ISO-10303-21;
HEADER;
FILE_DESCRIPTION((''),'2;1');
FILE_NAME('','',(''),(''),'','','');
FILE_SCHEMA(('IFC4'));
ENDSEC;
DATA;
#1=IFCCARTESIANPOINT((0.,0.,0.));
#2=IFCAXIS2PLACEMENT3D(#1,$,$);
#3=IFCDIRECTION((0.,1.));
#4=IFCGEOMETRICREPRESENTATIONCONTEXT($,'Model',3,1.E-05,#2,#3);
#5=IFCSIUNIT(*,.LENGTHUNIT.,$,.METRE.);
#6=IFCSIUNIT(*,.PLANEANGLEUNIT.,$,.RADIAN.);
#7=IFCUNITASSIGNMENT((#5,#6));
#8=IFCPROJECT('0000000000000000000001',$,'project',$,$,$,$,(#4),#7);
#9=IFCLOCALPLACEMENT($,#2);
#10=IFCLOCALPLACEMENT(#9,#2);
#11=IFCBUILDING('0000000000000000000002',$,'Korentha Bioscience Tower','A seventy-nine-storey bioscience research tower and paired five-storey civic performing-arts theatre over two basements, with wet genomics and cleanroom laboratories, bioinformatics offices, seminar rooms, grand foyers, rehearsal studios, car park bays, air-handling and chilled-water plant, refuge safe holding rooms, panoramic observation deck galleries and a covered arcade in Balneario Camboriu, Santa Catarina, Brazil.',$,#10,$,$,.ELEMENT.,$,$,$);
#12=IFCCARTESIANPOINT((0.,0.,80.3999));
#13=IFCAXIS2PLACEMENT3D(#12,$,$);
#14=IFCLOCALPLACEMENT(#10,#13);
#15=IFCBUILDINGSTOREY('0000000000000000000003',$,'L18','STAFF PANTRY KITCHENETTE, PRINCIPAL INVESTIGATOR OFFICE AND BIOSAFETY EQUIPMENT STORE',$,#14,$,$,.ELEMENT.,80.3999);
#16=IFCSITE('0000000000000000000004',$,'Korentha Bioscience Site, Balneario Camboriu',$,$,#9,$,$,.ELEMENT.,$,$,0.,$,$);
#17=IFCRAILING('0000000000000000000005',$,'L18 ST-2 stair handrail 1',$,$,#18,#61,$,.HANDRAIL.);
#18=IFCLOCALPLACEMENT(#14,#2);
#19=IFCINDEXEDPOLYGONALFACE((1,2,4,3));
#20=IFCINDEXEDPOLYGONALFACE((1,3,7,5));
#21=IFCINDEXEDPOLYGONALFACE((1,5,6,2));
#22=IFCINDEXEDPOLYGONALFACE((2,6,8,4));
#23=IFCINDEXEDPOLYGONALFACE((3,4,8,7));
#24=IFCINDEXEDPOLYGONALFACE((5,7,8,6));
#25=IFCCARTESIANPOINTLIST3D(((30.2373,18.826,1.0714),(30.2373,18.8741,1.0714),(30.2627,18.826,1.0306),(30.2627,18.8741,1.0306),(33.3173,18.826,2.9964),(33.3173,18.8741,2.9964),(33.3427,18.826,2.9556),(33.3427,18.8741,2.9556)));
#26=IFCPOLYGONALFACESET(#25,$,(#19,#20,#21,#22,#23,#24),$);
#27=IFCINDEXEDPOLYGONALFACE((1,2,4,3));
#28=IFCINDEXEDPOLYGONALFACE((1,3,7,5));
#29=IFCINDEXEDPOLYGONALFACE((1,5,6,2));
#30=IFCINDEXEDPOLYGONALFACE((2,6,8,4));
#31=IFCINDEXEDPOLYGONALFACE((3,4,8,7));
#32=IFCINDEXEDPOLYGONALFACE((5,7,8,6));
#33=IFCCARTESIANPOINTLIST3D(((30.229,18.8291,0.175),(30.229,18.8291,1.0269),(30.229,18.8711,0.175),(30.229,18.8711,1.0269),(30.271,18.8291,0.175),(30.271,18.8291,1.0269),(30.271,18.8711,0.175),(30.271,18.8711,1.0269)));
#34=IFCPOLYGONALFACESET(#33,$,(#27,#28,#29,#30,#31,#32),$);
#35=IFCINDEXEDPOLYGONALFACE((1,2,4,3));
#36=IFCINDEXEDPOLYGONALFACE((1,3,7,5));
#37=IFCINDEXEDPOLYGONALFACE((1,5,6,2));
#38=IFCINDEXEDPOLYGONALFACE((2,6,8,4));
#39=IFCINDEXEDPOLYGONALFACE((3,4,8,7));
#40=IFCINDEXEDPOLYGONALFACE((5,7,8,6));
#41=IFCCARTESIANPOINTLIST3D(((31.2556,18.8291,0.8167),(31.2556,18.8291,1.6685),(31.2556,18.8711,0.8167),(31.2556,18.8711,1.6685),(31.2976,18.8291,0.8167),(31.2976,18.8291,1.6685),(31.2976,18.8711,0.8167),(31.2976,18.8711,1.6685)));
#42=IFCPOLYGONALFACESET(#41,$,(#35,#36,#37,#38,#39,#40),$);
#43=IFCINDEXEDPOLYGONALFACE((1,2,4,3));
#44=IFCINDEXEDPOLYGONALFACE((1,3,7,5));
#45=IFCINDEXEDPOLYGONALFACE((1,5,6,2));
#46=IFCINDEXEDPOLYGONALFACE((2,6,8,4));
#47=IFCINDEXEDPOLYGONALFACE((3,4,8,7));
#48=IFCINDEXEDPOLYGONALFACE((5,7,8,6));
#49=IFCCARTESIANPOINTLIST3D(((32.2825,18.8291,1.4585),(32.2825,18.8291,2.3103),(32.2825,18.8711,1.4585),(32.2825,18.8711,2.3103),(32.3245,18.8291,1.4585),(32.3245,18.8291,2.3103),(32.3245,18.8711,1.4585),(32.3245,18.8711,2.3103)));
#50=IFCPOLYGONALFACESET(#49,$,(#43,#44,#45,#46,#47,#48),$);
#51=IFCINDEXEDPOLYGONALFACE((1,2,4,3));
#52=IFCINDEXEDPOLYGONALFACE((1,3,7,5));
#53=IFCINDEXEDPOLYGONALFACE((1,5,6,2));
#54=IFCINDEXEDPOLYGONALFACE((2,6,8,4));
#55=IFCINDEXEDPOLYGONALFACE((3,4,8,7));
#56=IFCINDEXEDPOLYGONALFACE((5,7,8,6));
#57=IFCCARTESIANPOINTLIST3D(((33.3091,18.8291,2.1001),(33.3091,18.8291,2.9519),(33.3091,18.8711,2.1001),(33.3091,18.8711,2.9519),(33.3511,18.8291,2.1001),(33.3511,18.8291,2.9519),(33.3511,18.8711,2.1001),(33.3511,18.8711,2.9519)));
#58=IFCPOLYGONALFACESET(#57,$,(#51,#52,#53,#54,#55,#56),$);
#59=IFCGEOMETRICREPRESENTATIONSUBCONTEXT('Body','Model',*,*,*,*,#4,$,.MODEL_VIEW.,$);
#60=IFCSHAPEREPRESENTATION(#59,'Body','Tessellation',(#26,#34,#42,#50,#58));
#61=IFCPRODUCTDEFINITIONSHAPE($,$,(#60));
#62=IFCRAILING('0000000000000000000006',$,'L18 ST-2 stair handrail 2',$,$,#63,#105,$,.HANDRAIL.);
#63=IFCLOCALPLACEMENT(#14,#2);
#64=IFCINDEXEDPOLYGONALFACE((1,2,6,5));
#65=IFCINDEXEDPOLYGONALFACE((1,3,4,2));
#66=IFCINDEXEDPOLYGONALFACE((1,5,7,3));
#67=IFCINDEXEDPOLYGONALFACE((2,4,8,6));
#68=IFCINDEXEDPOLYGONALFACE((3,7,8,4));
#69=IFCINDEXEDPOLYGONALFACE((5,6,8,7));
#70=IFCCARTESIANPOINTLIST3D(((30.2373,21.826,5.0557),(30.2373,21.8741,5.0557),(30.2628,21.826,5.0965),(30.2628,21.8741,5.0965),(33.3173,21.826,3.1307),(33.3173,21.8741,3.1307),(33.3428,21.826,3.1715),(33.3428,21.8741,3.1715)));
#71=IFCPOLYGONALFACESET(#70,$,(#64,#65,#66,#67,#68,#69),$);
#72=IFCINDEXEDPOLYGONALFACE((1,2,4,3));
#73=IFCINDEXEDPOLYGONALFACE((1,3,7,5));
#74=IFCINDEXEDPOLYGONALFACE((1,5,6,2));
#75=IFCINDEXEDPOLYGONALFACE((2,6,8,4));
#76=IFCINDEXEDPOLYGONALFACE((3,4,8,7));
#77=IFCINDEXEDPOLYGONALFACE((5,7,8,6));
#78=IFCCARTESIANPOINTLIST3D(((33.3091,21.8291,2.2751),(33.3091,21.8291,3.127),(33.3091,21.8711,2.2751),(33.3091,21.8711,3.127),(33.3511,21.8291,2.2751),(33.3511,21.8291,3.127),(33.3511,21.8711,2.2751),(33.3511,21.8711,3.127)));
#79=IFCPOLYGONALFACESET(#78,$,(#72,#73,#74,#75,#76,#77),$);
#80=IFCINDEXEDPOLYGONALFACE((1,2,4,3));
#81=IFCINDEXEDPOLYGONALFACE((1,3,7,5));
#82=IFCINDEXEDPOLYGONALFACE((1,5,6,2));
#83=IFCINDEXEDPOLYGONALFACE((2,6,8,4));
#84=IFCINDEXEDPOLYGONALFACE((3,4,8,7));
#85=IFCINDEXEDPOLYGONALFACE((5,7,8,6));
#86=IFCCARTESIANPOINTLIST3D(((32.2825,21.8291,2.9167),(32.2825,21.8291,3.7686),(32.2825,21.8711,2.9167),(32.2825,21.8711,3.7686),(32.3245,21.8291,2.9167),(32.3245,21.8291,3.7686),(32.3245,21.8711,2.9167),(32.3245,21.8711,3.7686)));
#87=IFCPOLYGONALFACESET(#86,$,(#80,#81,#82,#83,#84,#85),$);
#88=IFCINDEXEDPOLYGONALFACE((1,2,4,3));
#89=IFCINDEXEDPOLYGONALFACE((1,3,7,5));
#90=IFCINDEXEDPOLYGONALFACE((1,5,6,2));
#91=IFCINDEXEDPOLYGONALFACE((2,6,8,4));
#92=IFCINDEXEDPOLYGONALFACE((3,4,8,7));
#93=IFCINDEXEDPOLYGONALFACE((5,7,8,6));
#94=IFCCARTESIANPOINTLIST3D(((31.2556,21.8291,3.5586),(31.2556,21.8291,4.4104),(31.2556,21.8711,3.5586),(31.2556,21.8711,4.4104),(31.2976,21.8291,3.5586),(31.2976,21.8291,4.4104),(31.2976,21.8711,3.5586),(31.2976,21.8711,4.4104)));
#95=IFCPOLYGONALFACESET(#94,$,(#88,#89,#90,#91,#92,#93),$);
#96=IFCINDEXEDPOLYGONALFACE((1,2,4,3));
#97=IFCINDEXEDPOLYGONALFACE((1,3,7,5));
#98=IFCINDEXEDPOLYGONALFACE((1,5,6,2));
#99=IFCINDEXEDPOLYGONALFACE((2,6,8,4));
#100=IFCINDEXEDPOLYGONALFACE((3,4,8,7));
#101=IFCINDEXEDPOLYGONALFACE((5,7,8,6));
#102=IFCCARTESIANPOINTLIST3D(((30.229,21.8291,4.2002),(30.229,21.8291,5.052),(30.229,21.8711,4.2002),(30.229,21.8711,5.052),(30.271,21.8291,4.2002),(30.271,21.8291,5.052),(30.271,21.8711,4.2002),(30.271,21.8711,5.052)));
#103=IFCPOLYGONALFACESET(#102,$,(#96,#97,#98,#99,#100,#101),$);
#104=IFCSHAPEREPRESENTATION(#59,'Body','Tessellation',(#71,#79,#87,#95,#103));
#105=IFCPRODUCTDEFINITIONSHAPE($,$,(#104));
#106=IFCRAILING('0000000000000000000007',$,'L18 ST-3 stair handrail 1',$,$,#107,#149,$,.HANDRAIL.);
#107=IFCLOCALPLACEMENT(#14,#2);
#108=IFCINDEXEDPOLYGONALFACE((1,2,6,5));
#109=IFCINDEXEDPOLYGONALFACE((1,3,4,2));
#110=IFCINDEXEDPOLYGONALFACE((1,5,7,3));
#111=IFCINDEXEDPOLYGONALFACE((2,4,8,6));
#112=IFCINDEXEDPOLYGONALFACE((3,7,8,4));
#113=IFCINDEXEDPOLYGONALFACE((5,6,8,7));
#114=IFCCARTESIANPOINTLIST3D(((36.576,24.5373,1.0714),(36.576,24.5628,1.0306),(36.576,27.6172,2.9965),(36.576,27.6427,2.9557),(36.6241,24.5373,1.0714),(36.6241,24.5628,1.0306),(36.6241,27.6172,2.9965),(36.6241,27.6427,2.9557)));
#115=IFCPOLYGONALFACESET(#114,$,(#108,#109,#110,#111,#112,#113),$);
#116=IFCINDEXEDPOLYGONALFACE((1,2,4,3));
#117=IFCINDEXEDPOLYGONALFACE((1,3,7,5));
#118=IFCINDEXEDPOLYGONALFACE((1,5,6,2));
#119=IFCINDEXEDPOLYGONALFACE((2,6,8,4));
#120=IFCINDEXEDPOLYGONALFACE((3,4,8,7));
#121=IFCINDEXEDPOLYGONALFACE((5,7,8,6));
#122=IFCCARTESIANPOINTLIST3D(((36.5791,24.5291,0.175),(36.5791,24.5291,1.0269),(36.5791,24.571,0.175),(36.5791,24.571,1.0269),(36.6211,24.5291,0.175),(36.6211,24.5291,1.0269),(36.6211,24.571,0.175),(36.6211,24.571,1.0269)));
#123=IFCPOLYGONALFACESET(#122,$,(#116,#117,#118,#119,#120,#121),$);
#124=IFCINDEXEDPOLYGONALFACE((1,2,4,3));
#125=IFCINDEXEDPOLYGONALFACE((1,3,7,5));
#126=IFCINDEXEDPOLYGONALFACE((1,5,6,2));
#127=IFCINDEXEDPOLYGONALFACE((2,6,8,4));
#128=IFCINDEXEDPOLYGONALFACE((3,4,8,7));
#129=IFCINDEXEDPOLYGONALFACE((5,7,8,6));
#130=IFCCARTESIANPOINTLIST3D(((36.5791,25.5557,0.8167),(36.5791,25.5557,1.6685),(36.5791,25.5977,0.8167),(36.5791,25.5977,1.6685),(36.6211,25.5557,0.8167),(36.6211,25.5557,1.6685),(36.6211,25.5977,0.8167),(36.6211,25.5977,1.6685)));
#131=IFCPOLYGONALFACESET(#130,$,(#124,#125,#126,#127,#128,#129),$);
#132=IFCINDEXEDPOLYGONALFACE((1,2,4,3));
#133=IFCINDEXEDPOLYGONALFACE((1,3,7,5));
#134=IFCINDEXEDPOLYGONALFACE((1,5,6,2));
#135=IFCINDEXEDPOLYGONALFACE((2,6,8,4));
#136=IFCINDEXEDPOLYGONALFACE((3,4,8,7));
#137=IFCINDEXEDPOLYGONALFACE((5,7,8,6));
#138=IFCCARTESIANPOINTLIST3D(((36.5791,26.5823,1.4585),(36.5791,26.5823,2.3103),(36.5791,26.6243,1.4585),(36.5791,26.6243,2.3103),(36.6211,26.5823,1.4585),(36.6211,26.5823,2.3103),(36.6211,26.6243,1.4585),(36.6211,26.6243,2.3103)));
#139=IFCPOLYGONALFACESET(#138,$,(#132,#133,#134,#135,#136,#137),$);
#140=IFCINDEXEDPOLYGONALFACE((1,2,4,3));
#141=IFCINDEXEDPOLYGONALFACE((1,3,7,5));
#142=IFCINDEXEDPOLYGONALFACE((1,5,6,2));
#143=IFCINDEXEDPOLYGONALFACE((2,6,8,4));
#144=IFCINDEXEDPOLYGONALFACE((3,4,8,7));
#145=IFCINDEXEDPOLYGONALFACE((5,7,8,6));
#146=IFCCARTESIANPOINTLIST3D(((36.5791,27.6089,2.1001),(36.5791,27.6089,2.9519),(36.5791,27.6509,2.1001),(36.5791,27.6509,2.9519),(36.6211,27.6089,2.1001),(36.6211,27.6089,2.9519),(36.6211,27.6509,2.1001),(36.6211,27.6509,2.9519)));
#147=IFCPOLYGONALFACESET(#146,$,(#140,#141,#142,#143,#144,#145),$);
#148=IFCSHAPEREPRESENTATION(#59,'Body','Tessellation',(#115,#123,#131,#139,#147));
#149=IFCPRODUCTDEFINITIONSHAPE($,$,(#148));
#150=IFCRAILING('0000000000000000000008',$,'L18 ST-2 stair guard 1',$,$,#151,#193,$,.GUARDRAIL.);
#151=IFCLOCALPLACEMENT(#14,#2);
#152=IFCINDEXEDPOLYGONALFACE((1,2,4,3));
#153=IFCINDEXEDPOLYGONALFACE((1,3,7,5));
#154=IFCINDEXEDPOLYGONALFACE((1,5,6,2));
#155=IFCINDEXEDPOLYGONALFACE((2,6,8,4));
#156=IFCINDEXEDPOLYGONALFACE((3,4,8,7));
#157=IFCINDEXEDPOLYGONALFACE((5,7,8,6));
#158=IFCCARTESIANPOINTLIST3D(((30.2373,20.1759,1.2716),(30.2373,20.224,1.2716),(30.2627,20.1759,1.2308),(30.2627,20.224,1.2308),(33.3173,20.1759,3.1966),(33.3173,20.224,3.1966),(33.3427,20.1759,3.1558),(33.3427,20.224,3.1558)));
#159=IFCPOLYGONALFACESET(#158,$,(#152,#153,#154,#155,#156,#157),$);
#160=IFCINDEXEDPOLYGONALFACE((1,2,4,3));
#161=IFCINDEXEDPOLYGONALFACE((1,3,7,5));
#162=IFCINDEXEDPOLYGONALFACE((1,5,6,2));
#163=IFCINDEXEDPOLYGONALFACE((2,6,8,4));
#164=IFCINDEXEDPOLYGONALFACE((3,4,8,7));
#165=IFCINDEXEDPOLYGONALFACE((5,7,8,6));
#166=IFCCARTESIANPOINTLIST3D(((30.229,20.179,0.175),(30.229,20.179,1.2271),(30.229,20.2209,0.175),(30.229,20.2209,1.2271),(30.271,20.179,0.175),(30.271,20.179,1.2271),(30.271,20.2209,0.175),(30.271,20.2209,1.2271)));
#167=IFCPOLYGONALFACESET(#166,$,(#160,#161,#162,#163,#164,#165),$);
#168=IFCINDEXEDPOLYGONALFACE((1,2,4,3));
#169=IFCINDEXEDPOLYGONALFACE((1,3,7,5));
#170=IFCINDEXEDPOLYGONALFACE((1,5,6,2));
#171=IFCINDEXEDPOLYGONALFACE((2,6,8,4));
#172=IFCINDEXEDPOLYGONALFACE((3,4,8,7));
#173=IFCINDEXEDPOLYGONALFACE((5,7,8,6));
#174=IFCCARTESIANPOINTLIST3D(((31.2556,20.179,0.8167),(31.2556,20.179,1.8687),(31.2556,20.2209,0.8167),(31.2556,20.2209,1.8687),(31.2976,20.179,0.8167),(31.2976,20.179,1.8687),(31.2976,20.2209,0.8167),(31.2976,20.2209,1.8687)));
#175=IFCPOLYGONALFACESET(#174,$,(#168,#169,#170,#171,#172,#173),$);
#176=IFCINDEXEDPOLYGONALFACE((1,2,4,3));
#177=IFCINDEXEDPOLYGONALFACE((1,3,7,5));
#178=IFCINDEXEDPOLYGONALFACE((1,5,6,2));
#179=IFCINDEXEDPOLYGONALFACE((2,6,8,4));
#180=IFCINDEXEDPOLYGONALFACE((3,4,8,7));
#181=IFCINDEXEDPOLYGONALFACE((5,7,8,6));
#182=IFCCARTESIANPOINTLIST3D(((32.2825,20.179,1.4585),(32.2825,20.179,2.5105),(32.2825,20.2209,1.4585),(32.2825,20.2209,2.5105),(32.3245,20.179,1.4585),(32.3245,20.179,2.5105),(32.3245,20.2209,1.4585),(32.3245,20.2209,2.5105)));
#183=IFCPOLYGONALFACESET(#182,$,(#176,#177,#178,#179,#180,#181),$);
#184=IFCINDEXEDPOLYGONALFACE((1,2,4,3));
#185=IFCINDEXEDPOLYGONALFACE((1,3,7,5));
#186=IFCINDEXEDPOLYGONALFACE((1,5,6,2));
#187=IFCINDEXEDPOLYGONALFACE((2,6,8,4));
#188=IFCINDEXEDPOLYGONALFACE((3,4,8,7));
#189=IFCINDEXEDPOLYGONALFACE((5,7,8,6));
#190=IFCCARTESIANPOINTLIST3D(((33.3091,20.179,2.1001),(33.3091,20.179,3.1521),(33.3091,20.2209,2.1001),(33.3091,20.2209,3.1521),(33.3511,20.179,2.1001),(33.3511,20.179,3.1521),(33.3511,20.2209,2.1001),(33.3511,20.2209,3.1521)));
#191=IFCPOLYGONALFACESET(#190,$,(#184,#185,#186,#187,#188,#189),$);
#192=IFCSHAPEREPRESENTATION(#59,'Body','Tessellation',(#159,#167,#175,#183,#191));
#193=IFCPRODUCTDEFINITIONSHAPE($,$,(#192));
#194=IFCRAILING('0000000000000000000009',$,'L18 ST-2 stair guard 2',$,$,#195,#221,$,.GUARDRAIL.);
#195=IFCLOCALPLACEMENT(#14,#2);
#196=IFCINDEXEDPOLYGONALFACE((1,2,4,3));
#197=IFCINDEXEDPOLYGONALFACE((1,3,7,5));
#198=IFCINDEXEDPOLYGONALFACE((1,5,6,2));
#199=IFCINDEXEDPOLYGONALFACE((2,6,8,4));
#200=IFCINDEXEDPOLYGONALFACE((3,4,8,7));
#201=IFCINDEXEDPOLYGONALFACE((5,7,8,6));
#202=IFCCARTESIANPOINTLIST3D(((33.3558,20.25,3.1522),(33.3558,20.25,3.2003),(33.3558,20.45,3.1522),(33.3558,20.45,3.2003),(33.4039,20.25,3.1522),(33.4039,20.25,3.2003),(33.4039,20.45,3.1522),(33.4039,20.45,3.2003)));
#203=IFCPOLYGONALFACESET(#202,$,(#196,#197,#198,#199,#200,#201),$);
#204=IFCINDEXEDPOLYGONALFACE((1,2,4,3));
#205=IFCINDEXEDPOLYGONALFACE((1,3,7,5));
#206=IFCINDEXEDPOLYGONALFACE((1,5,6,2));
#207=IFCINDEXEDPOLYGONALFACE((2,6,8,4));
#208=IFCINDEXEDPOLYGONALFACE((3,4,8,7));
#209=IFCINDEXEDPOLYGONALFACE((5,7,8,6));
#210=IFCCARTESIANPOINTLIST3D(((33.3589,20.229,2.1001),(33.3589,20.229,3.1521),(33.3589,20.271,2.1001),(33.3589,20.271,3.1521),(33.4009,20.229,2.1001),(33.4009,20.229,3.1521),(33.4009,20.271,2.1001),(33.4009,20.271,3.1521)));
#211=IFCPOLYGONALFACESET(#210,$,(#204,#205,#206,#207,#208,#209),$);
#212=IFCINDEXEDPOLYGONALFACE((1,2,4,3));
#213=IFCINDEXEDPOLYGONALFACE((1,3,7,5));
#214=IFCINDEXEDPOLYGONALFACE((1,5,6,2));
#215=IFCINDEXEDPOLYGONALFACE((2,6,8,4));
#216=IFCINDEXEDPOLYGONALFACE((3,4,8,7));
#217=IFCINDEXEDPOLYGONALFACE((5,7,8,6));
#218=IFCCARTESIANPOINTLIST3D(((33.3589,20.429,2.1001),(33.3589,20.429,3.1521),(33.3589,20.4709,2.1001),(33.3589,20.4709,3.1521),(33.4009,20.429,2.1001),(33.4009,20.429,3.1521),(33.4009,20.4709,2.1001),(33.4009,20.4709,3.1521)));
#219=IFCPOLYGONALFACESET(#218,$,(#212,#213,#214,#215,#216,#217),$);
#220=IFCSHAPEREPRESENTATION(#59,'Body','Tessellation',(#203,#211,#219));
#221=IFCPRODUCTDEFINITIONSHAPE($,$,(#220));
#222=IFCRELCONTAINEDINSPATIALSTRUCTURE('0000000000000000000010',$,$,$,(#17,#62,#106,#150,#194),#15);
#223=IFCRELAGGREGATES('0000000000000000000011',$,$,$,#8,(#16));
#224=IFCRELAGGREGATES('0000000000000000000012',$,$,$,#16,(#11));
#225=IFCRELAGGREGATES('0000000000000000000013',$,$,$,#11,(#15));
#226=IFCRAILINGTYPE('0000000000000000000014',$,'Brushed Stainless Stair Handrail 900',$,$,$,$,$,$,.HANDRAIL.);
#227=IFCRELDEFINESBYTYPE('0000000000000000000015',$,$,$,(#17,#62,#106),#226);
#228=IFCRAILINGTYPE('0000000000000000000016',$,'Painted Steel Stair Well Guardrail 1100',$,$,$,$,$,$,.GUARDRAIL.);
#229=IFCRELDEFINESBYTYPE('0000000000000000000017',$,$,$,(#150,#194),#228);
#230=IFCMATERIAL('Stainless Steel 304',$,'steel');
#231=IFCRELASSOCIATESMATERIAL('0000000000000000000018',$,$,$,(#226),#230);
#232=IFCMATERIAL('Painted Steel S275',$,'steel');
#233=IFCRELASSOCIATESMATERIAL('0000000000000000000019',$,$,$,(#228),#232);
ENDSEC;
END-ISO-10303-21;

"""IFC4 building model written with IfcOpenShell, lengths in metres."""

from ifc_helpers import new_model, si_unit, direction, frame, origin, origin_2d, place, context, subcontext, project, spatial, rectangle, extrude, material, type_object, element, save


model = new_model("IFC4")

# Units and contexts
model_context = context("Model", 3, precision=1e-05, world=origin(), true_north=direction((0.0, 1.0)))
body_context = subcontext(model_context, "Body", "Model", "MODEL_VIEW")
ifc_project = project(units=[si_unit("LENGTHUNIT", "METRE"), si_unit("PLANEANGLEUNIT", "RADIAN")], contexts=[model_context])

# Site, building, storey
site_placement = place(None, origin())
site = spatial("IfcSite", under=ifc_project, at=site_placement, Name="Korentha Bioscience Site, Balneario Camboriu", CompositionType="ELEMENT", RefElevation=0.0)
building_placement = place(site_placement, origin())
building = spatial("IfcBuilding", under=site, at=building_placement, Name="Korentha Bioscience Tower", Description="A seventy-nine-storey bioscience research tower and paired five-storey civic performing-arts theatre over two basements, with wet genomics and cleanroom laboratories, bioinformatics offices, seminar rooms, grand foyers, rehearsal studios, car park bays, air-handling and chilled-water plant, refuge safe holding rooms, panoramic observation deck galleries and a covered arcade in Balneario Camboriu, Santa Catarina, Brazil.", CompositionType="ELEMENT")
storey_placement = place(building_placement, frame((0.0, 0.0, 80.3999)))
storey = spatial("IfcBuildingStorey", under=building, at=storey_placement, Name="L18", Description="STAFF PANTRY KITCHENETTE, PRINCIPAL INVESTIGATOR OFFICE AND BIOSAFETY EQUIPMENT STORE", CompositionType="ELEMENT", Elevation=80.3999)

# Railings
ifc_material_1 = material(Name="Stainless Steel 304", Category="steel")
railing_type_1 = type_object("IfcRailingType", Name="Brushed Stainless Stair Handrail 900", PredefinedType="HANDRAIL", material=ifc_material_1)
railing_1_placement = place(storey_placement, frame((30.25, 18.8501, 0.175)))
element("IfcRailing", 1, at=railing_1_placement, inside=storey, type_object=railing_type_1, Name="L18 ST-2 stair handrail 1", PredefinedType="HANDRAIL", context=body_context, shape_type="SweptSolid", body=[
    extrude(rectangle(XDim=0.0481, YDim=0.0481, at=origin_2d()), frame((0.0, 0.0, 0.876), z_axis=(0.847998, 0.0, 0.529999), x_axis=(0.0, 1.0, 0.0)), (0.0, 0.0, 1.0), 3.6321),
    extrude(rectangle(XDim=0.042, YDim=0.042, at=origin_2d()), origin(), (0.0, 0.0, 1.0), 0.8518),
    extrude(rectangle(XDim=0.042, YDim=0.042, at=origin_2d()), frame((1.0266, 0.0, 0.6416)), (0.0, 0.0, 1.0), 0.8518),
    extrude(rectangle(XDim=0.042, YDim=0.042, at=origin_2d()), frame((2.0535, 0.0, 1.2834)), (0.0, 0.0, 1.0), 0.8518),
    extrude(rectangle(XDim=0.042, YDim=0.042, at=origin_2d()), frame((3.0801, 0.0, 1.925)), (0.0, 0.0, 1.0), 0.8518),
])
railing_2_placement = place(storey_placement, frame((33.3301, 21.8501, 2.2751)))
element("IfcRailing", 2, at=railing_2_placement, inside=storey, type_object=railing_type_1, Name="L18 ST-2 stair handrail 2", PredefinedType="HANDRAIL", context=body_context, shape_type="SweptSolid", body=[
    extrude(rectangle(XDim=0.0481, YDim=0.0481, at=origin_2d()), frame((0.0, 0.0, 0.876), z_axis=(-0.847998, 0.0, 0.529999), x_axis=(0.0, -1.0, 0.0)), (0.0, 0.0, 1.0), 3.6321),
    extrude(rectangle(XDim=0.042, YDim=0.042, at=origin_2d()), origin(), (0.0, 0.0, 1.0), 0.8518),
    extrude(rectangle(XDim=0.042, YDim=0.042, at=origin_2d()), frame((-1.0266, 0.0, 0.6416)), (0.0, 0.0, 1.0), 0.8518),
    extrude(rectangle(XDim=0.042, YDim=0.042, at=origin_2d()), frame((-2.0535, 0.0, 1.2834)), (0.0, 0.0, 1.0), 0.8518),
    extrude(rectangle(XDim=0.042, YDim=0.042, at=origin_2d()), frame((-3.0801, 0.0, 1.925)), (0.0, 0.0, 1.0), 0.8518),
])
railing_3_placement = place(storey_placement, frame((36.6001, 24.55, 0.175)))
element("IfcRailing", 3, at=railing_3_placement, inside=storey, type_object=railing_type_1, Name="L18 ST-3 stair handrail 1", PredefinedType="HANDRAIL", context=body_context, shape_type="SweptSolid", body=[
    extrude(rectangle(XDim=0.0481, YDim=0.0481, at=origin_2d()), frame((0.0, 0.0, 0.876), z_axis=(0.0, 0.847979, 0.530029), x_axis=(-1.0, 0.0, 0.0)), (0.0, 0.0, 1.0), 3.6321),
    extrude(rectangle(XDim=0.042, YDim=0.042, at=origin_2d()), origin(), (0.0, 0.0, 1.0), 0.8518),
    extrude(rectangle(XDim=0.042, YDim=0.042, at=origin_2d()), frame((0.0, 1.0266, 0.6416)), (0.0, 0.0, 1.0), 0.8518),
    extrude(rectangle(XDim=0.042, YDim=0.042, at=origin_2d()), frame((0.0, 2.0532, 1.2834)), (0.0, 0.0, 1.0), 0.8518),
    extrude(rectangle(XDim=0.042, YDim=0.042, at=origin_2d()), frame((0.0, 3.0798, 1.925)), (0.0, 0.0, 1.0), 0.8518),
])
ifc_material_2 = material(Name="Painted Steel S275", Category="steel")
railing_type_2 = type_object("IfcRailingType", Name="Painted Steel Stair Well Guardrail 1100", PredefinedType="GUARDRAIL", material=ifc_material_2)
railing_4_placement = place(storey_placement, frame((30.25, 20.2, 0.175)))
element("IfcRailing", 4, at=railing_4_placement, inside=storey, type_object=railing_type_2, Name="L18 ST-2 stair guard 1", PredefinedType="GUARDRAIL", context=body_context, shape_type="SweptSolid", body=[
    extrude(rectangle(XDim=0.0481, YDim=0.0481, at=origin_2d()), frame((0.0, 0.0, 1.0762), z_axis=(0.847998, 0.0, 0.529999), x_axis=(0.0, 1.0, 0.0)), (0.0, 0.0, 1.0), 3.6321),
    extrude(rectangle(XDim=0.042, YDim=0.042, at=origin_2d()), origin(), (0.0, 0.0, 1.0), 1.052),
    extrude(rectangle(XDim=0.042, YDim=0.042, at=origin_2d()), frame((1.0266, 0.0, 0.6416)), (0.0, 0.0, 1.0), 1.052),
    extrude(rectangle(XDim=0.042, YDim=0.042, at=origin_2d()), frame((2.0535, 0.0, 1.2834)), (0.0, 0.0, 1.0), 1.052),
    extrude(rectangle(XDim=0.042, YDim=0.042, at=origin_2d()), frame((3.0801, 0.0, 1.925)), (0.0, 0.0, 1.0), 1.052),
])
railing_5_placement = place(storey_placement, frame((33.3799, 20.25, 2.1001)))
element("IfcRailing", 5, at=railing_5_placement, inside=storey, type_object=railing_type_2, Name="L18 ST-2 stair guard 2", PredefinedType="GUARDRAIL", context=body_context, shape_type="SweptSolid", body=[
    extrude(rectangle(XDim=0.0481, YDim=0.0481, at=origin_2d()), frame((0.0, 0.0, 1.0762), z_axis=(0.0, 1.0, 0.0), x_axis=(-1.0, 0.0, 0.0)), (0.0, 0.0, 1.0), 0.2),
    extrude(rectangle(XDim=0.042, YDim=0.042, at=origin_2d()), origin(), (0.0, 0.0, 1.0), 1.052),
    extrude(rectangle(XDim=0.042, YDim=0.042, at=origin_2d()), frame((0.0, 0.2, 0.0)), (0.0, 0.0, 1.0), 1.052),
])

save(model, "model.ifc")
